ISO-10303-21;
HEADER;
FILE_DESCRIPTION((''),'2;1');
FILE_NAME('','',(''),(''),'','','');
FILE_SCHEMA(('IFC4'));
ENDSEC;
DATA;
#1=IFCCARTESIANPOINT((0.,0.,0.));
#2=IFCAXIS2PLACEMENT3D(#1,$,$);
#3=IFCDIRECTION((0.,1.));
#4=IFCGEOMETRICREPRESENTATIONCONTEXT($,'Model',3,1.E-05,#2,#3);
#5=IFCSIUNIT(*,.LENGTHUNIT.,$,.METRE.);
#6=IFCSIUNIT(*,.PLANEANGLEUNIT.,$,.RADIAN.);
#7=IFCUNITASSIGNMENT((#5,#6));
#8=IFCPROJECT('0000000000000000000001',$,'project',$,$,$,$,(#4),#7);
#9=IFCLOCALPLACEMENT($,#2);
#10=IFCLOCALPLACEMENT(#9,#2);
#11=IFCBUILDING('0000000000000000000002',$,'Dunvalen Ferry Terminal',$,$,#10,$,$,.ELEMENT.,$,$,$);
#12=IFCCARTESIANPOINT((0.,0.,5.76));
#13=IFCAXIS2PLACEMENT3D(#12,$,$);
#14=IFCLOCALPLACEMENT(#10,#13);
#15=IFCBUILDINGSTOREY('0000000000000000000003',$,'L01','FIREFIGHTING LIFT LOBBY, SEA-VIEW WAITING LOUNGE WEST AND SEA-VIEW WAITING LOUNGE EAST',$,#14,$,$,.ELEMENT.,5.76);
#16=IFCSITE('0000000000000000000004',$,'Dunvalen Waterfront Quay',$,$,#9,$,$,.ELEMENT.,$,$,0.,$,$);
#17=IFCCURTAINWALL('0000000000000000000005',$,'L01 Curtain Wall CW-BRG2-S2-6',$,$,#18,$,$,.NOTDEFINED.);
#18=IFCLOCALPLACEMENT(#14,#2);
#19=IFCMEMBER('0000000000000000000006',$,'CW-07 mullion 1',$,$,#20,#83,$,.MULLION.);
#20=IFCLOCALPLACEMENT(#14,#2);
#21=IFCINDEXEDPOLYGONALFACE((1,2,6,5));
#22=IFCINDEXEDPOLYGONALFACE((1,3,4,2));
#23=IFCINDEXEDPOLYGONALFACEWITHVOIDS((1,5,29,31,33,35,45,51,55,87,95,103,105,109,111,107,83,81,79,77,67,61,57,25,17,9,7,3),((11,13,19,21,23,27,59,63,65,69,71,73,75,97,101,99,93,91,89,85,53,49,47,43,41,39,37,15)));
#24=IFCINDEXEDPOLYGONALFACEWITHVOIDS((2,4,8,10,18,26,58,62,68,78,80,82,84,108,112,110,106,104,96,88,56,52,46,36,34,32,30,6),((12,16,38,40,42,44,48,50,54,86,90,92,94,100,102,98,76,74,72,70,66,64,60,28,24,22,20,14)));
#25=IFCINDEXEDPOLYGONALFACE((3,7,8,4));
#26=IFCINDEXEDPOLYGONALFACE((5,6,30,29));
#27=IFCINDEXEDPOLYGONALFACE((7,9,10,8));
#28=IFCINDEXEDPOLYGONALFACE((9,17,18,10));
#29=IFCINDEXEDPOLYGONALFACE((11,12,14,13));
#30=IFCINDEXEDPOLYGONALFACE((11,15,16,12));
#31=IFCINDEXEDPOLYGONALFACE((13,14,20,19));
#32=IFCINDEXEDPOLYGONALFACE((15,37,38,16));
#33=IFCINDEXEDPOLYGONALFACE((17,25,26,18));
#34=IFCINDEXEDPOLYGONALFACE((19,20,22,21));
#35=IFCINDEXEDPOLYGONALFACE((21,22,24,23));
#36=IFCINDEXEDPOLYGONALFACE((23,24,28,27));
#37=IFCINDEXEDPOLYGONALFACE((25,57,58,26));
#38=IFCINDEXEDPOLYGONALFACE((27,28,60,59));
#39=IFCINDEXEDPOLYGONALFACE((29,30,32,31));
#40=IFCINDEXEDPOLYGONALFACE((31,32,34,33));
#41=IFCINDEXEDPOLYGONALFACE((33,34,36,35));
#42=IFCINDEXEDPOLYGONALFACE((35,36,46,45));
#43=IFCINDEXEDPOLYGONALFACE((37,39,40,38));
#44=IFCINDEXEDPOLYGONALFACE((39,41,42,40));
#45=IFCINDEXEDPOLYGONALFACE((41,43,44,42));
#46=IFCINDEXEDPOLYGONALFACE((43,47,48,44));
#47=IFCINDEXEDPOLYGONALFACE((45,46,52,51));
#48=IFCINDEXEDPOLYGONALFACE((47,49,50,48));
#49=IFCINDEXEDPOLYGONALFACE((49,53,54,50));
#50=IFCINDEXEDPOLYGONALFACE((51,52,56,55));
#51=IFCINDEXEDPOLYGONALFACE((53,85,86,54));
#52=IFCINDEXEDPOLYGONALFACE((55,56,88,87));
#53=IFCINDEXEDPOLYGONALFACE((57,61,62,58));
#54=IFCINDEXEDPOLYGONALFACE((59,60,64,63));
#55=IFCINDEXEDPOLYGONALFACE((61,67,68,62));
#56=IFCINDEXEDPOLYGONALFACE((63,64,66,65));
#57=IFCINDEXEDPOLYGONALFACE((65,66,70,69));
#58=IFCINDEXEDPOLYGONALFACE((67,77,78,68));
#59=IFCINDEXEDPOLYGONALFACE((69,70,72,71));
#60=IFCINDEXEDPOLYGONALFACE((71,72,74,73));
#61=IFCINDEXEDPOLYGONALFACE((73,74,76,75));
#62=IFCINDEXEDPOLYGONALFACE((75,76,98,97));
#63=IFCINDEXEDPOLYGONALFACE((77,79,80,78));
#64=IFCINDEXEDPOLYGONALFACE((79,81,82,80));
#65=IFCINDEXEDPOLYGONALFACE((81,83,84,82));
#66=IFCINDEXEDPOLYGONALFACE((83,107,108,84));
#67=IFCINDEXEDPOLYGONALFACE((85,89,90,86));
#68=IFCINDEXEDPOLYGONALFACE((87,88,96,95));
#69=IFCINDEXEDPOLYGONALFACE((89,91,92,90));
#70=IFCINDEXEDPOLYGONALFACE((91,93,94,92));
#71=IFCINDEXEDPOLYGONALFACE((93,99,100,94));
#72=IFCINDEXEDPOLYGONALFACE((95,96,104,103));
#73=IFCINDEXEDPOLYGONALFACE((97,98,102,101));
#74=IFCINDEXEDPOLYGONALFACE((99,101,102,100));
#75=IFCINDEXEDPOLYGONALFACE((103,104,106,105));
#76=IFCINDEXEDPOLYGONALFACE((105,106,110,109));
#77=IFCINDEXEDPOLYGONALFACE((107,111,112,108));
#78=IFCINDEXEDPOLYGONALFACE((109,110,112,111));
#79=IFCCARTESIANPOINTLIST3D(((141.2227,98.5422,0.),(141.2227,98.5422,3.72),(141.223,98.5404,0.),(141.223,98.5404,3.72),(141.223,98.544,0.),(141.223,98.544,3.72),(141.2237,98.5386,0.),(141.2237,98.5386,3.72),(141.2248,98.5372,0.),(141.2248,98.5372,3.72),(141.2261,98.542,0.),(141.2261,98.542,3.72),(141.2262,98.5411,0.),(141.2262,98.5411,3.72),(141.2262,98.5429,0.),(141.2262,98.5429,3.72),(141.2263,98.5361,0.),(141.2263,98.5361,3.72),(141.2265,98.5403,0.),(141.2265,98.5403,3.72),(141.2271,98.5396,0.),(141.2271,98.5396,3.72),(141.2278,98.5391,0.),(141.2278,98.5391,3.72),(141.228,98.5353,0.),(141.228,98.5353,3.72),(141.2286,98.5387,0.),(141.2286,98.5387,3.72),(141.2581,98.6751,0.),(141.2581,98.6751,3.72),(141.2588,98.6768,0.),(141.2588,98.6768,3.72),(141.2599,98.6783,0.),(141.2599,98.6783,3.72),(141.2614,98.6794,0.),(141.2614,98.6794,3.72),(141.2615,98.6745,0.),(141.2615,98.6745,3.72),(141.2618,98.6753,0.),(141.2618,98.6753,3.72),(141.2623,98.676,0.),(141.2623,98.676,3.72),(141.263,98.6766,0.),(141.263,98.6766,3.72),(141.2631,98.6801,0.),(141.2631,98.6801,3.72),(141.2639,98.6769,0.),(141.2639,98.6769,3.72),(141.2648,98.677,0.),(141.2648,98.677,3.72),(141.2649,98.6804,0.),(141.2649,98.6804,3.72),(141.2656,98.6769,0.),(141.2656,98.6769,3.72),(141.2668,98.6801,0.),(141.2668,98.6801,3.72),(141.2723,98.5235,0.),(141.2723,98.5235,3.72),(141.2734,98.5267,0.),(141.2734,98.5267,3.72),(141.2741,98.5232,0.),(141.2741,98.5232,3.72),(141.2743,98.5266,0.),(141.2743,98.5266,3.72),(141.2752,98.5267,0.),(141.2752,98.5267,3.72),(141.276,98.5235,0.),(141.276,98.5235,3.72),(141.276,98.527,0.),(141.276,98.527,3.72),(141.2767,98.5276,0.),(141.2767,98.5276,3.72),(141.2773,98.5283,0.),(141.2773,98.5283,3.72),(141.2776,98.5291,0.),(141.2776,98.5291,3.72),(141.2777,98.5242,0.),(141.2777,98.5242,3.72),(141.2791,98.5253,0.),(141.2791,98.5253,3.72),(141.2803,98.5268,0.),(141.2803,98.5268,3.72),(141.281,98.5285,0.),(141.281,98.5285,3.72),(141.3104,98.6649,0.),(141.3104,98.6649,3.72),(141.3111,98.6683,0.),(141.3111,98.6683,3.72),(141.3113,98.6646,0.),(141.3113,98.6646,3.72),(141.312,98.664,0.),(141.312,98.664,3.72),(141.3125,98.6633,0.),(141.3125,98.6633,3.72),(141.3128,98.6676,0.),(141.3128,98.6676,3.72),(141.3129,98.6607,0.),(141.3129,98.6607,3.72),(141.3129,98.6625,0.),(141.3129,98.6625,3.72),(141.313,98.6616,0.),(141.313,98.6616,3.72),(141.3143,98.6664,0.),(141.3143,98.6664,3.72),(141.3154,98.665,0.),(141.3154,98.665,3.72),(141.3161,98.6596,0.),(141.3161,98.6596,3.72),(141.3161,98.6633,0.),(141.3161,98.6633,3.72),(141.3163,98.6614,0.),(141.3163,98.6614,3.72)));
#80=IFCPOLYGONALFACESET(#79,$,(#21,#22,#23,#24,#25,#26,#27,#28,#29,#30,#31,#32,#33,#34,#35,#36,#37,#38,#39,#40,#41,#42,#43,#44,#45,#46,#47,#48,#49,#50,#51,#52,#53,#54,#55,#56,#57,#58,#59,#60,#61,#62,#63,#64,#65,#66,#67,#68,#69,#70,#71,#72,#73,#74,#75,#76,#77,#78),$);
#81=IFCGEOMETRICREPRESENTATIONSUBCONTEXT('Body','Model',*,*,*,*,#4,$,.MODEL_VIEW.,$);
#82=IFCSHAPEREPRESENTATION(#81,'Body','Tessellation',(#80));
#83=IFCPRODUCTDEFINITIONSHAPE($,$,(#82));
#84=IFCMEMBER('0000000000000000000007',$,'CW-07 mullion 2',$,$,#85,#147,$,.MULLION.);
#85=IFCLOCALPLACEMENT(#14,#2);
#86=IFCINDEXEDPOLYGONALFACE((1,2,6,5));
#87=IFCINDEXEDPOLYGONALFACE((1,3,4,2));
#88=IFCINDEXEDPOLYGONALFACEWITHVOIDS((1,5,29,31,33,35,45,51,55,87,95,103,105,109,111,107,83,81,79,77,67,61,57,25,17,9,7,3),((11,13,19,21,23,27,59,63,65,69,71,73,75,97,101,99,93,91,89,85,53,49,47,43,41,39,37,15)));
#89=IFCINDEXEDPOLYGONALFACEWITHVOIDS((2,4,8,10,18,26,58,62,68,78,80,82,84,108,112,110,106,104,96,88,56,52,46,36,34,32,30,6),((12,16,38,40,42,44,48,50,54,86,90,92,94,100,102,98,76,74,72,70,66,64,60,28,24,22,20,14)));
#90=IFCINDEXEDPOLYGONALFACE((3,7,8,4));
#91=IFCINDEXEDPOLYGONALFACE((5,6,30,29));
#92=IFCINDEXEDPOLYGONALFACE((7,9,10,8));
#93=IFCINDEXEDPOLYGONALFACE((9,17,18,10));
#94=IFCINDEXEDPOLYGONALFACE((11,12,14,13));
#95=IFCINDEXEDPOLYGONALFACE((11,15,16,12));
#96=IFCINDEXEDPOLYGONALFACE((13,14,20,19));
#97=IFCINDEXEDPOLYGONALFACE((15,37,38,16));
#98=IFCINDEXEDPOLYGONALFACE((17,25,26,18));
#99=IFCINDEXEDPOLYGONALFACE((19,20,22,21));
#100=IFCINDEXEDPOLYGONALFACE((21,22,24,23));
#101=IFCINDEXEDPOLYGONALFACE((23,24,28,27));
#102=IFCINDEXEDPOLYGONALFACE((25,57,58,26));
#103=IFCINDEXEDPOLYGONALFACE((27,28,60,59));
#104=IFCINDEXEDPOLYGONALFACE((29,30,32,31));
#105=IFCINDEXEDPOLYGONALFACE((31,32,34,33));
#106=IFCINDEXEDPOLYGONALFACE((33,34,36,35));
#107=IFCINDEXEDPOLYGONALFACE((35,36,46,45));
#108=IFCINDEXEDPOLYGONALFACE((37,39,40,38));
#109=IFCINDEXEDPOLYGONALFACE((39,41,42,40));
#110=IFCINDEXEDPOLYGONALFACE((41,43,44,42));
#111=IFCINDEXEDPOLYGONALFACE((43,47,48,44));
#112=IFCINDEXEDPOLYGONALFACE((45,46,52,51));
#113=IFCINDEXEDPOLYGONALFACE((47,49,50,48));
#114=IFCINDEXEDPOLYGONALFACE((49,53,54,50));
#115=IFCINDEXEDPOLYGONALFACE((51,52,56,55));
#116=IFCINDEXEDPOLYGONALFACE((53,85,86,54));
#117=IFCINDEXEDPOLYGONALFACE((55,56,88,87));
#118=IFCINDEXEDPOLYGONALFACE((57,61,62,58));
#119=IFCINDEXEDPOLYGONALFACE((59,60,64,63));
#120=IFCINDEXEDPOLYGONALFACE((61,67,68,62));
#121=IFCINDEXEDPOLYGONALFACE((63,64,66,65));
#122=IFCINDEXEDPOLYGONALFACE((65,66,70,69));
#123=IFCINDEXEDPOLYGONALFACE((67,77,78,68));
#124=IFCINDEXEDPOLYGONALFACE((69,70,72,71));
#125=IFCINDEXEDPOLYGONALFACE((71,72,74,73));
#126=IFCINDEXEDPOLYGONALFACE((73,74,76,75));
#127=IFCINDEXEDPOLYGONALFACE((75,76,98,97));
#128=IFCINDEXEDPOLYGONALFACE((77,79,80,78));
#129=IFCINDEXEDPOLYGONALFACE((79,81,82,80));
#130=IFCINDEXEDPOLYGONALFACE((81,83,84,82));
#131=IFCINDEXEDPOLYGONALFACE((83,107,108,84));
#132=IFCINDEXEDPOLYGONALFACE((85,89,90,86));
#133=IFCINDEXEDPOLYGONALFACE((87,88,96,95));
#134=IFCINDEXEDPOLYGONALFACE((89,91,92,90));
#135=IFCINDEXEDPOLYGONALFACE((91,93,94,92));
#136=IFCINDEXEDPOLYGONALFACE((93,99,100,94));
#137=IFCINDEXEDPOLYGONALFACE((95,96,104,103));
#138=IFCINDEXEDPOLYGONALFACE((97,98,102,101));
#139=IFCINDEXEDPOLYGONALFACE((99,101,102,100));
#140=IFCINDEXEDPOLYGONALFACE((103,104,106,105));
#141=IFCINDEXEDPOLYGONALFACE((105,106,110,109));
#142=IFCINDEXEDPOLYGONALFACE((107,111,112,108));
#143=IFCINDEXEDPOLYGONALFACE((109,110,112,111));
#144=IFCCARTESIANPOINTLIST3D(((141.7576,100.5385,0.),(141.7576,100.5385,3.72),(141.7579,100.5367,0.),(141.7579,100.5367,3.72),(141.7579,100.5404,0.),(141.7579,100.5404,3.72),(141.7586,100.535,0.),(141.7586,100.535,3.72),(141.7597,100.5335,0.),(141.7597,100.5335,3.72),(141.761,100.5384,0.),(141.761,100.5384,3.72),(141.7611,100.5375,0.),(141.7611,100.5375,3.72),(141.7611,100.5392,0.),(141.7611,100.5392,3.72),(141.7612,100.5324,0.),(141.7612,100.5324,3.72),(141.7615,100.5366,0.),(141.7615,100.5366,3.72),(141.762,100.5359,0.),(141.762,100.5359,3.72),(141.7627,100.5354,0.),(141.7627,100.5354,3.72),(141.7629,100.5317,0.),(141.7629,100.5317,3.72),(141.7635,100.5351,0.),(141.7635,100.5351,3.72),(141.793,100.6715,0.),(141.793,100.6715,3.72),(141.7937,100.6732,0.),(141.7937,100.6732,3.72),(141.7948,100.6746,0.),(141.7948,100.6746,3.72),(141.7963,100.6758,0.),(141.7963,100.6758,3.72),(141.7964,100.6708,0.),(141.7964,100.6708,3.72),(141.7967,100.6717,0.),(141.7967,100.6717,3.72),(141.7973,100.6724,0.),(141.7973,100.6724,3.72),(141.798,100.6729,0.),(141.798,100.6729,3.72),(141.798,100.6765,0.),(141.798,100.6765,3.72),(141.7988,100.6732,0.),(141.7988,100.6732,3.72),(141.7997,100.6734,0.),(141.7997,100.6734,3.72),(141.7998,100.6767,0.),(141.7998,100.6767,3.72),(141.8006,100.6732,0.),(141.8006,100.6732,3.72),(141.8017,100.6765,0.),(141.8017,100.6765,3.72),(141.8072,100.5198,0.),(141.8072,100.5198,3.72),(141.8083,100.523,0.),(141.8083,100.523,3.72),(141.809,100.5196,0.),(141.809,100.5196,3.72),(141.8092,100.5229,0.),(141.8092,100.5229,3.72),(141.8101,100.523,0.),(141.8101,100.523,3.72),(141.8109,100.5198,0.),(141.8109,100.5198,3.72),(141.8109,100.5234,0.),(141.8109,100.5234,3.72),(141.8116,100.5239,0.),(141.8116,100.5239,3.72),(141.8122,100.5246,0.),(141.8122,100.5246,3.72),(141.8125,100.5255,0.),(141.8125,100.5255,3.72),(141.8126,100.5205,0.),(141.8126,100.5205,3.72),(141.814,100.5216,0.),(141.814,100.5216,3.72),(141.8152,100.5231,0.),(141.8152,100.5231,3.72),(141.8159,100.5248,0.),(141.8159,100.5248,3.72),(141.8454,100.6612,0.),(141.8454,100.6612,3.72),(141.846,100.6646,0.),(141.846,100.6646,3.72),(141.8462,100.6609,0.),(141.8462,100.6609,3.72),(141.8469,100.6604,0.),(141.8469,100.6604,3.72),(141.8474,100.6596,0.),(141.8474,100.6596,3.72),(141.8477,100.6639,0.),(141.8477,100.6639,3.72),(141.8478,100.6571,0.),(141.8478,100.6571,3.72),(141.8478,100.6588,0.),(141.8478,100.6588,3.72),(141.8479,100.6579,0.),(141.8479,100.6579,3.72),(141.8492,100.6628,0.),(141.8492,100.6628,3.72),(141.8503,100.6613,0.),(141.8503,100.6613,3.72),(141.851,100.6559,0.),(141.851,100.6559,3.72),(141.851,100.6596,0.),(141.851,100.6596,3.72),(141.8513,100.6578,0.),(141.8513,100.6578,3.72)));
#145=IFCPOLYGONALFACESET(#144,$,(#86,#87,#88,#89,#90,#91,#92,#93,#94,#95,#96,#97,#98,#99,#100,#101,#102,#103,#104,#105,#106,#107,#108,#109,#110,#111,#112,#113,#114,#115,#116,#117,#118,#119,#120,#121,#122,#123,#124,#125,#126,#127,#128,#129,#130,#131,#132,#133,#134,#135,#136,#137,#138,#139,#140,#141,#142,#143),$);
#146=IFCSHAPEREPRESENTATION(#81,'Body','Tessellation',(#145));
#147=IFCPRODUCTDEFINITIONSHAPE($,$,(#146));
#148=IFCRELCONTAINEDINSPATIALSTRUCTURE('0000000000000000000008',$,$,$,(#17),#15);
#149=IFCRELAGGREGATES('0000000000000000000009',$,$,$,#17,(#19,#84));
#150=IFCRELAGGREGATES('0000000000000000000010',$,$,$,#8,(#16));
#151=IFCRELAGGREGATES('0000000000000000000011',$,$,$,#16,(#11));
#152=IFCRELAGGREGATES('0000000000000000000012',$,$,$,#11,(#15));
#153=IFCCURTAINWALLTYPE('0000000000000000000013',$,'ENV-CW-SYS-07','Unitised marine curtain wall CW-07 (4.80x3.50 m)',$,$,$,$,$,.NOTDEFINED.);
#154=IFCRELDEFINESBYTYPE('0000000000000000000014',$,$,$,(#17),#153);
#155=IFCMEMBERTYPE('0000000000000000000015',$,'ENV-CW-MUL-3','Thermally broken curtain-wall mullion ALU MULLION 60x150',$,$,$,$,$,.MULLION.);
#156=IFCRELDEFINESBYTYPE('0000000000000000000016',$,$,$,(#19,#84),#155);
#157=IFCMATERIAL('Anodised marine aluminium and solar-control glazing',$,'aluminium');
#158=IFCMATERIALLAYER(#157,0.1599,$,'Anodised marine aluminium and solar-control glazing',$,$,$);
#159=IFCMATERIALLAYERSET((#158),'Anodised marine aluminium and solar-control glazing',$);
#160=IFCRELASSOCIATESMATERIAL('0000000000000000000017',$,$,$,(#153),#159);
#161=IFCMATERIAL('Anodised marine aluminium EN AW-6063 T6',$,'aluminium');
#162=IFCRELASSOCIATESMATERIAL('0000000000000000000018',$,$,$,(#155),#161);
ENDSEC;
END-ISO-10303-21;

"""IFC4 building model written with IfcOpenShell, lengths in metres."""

from ifc_helpers import new_model, si_unit, direction, frame, origin, origin_2d, place, context, subcontext, project, spatial, hollow_rectangle, extrude, material, layer, layer_set, material_profile, profile_set, type_object, element, aggregate, save


model = new_model("IFC4")

# Units and contexts
model_context = context("Model", 3, precision=1e-05, world=origin(), true_north=direction((0.0, 1.0)))
body_context = subcontext(model_context, "Body", "Model", "MODEL_VIEW")
ifc_project = project(units=[si_unit("LENGTHUNIT", "METRE"), si_unit("PLANEANGLEUNIT", "RADIAN")], contexts=[model_context])

# Site, building, storey
site_placement = place(None, origin())
site = spatial("IfcSite", under=ifc_project, at=site_placement, Name="Dunvalen Waterfront Quay", CompositionType="ELEMENT", RefElevation=0.0)
building_placement = place(site_placement, origin())
building = spatial("IfcBuilding", under=site, at=building_placement, Name="Dunvalen Ferry Terminal", CompositionType="ELEMENT")
storey_placement = place(building_placement, frame((0.0, 0.0, 5.76)))
storey = spatial("IfcBuildingStorey", under=building, at=storey_placement, Name="L01", Description="FIREFIGHTING LIFT LOBBY, SEA-VIEW WAITING LOUNGE WEST AND SEA-VIEW WAITING LOUNGE EAST", CompositionType="ELEMENT", Elevation=5.76)

# Curtain wall, members
ifc_material_1 = material(Name="Anodised marine aluminium and solar-control glazing", Category="aluminium")
ifc_layer_1 = layer(ifc_material_1, 0.1599, Name="Anodised marine aluminium and solar-control glazing")
ifc_layer_set_1 = layer_set([ifc_layer_1], Name="Anodised marine aluminium and solar-control glazing")
curtain_wall_type_1 = type_object("IfcCurtainWallType", Name="ENV-CW-SYS-07", Description="Unitised marine curtain wall CW-07 (4.80x3.50 m)", PredefinedType="NOTDEFINED", material=ifc_layer_set_1)
ifc_material_2 = material(Name="Anodised marine aluminium EN AW-6063 T6", Category="aluminium")
ifc_material_profile_1 = material_profile(ifc_material_2, hollow_rectangle(XDim=0.0601, YDim=0.1499, WallThickness=0.0034, InnerFilletRadius=0.0034, OuterFilletRadius=0.0071, at=origin_2d()), Name="Anodised marine aluminium EN AW-6063 T6")
ifc_profile_set_1 = profile_set([ifc_material_profile_1], Name="Anodised marine aluminium EN AW-6063 T6")
member_type_1 = type_object("IfcMemberType", Name="ENV-CW-MUL-3", Description="Thermally broken curtain-wall mullion ALU MULLION 60x150", PredefinedType="MULLION", material=ifc_profile_set_1)
curtain_wall_1_placement = place(storey_placement, origin())
curtain_wall_1 = element("IfcCurtainWall", 1, at=curtain_wall_1_placement, inside=storey, type_object=curtain_wall_type_1, Name="L01 Curtain Wall CW-BRG2-S2-6", PredefinedType="NOTDEFINED")
member_1_placement = place(storey_placement, frame((141.2695, 98.6018, 0.0), z_axis=(0.0, 0.0, 1.0), x_axis=(-0.965923, 0.25883, 0.0)))
member_1 = element("IfcMember", 2, at=member_1_placement, type_object=member_type_1, Name="CW-07 mullion 1", PredefinedType="MULLION", context=body_context, shape_type="SweptSolid", body=[
    extrude(hollow_rectangle(XDim=0.0601, YDim=0.1499, WallThickness=0.0034, InnerFilletRadius=0.0034, OuterFilletRadius=0.0071, at=origin_2d()), origin(), (0.0, 0.0, 1.0), 3.72),
])
member_2_placement = place(storey_placement, frame((141.8044, 100.5981, 0.0), z_axis=(0.0, 0.0, 1.0), x_axis=(-0.965923, 0.25883, 0.0)))
member_2 = element("IfcMember", 3, at=member_2_placement, type_object=member_type_1, Name="CW-07 mullion 2", PredefinedType="MULLION", context=body_context, shape_type="SweptSolid", body=[
    extrude(hollow_rectangle(XDim=0.0601, YDim=0.1499, WallThickness=0.0034, InnerFilletRadius=0.0034, OuterFilletRadius=0.0071, at=origin_2d()), origin(), (0.0, 0.0, 1.0), 3.72),
])

aggregate(curtain_wall_1, [member_1, member_2])

save(model, "model.ifc")
